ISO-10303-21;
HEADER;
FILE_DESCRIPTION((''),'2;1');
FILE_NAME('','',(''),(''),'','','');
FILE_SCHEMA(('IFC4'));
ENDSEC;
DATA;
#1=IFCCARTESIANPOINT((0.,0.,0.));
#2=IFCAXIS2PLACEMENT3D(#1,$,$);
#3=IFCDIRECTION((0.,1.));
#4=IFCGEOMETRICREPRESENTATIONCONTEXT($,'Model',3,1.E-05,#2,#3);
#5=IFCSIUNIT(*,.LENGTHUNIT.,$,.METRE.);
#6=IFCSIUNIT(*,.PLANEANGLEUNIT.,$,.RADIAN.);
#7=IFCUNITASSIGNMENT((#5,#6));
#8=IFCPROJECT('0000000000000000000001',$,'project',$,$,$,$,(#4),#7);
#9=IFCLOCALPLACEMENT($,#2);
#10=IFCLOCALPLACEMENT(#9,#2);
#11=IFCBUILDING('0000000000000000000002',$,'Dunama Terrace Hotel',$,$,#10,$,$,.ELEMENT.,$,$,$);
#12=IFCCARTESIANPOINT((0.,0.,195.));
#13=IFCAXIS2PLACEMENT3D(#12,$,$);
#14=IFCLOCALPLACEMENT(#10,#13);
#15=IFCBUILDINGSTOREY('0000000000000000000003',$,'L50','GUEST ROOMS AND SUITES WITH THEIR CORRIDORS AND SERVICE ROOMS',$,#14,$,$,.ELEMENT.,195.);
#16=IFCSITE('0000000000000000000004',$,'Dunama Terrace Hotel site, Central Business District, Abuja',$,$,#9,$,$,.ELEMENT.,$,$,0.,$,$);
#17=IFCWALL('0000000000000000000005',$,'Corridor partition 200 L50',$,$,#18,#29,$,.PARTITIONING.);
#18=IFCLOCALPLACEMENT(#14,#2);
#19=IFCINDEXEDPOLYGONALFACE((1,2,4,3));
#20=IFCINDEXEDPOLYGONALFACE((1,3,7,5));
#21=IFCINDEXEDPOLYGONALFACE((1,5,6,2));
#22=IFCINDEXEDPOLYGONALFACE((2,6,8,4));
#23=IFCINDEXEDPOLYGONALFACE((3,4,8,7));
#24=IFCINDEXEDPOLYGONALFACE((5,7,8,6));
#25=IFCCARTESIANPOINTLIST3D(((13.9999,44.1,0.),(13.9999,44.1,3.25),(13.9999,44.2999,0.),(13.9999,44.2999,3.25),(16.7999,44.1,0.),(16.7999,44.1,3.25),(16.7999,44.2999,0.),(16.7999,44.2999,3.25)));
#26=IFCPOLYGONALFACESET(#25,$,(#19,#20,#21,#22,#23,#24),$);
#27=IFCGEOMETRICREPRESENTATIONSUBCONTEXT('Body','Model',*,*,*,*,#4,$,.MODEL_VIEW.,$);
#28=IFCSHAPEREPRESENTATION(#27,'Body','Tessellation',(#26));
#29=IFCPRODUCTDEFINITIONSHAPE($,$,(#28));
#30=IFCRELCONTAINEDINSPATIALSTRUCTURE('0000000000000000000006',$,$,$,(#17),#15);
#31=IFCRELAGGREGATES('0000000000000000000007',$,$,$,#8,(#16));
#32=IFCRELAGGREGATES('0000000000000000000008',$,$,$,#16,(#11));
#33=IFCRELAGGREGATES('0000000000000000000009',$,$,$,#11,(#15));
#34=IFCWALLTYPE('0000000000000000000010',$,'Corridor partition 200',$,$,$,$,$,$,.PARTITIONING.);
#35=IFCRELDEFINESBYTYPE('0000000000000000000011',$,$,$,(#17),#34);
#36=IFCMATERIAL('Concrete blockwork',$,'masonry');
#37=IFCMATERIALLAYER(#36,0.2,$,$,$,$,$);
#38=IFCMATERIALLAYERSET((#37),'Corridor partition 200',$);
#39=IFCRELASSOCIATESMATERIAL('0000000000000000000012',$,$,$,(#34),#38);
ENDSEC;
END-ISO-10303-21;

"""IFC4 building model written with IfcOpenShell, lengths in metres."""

from ifc_helpers import new_model, si_unit, direction, frame, frame_2d, origin, place, context, subcontext, project, spatial, rectangle, extrude, material, layer, layer_set, type_object, element, save


model = new_model("IFC4")

# Units and contexts
model_context = context("Model", 3, precision=1e-05, world=origin(), true_north=direction((0.0, 1.0)))
body_context = subcontext(model_context, "Body", "Model", "MODEL_VIEW")
ifc_project = project(units=[si_unit("LENGTHUNIT", "METRE"), si_unit("PLANEANGLEUNIT", "RADIAN")], contexts=[model_context])

# Site, building, storey
site_placement = place(None, origin())
site = spatial("IfcSite", under=ifc_project, at=site_placement, Name="Dunama Terrace Hotel site, Central Business District, Abuja", CompositionType="ELEMENT", RefElevation=0.0)
building_placement = place(site_placement, origin())
building = spatial("IfcBuilding", under=site, at=building_placement, Name="Dunama Terrace Hotel", CompositionType="ELEMENT")
storey_placement = place(building_placement, frame((0.0, 0.0, 195.0)))
storey = spatial("IfcBuildingStorey", under=building, at=storey_placement, Name="L50", Description="GUEST ROOMS AND SUITES WITH THEIR CORRIDORS AND SERVICE ROOMS", CompositionType="ELEMENT", Elevation=195.0)

# Wall
ifc_material_1 = material(Name="Concrete blockwork", Category="masonry")
ifc_layer_1 = layer(ifc_material_1, 0.2)
ifc_layer_set_1 = layer_set([ifc_layer_1], Name="Corridor partition 200")
wall_type_1 = type_object("IfcWallType", Name="Corridor partition 200", PredefinedType="PARTITIONING", material=ifc_layer_set_1)
wall_1_placement = place(storey_placement, frame((14.0, 44.2, 0.0), z_axis=(0.0, 0.0, 1.0), x_axis=(1.0, 0.0, 0.0)))
element("IfcWall", 1, at=wall_1_placement, inside=storey, type_object=wall_type_1, Name="Corridor partition 200 L50", PredefinedType="PARTITIONING", context=body_context, shape_type="SweptSolid", body=[
    extrude(rectangle(XDim=2.8, YDim=0.2, at=frame_2d((1.3999, 0.0))), origin(), (0.0, 0.0, 1.0), 3.25),
])

save(model, "model.ifc")
